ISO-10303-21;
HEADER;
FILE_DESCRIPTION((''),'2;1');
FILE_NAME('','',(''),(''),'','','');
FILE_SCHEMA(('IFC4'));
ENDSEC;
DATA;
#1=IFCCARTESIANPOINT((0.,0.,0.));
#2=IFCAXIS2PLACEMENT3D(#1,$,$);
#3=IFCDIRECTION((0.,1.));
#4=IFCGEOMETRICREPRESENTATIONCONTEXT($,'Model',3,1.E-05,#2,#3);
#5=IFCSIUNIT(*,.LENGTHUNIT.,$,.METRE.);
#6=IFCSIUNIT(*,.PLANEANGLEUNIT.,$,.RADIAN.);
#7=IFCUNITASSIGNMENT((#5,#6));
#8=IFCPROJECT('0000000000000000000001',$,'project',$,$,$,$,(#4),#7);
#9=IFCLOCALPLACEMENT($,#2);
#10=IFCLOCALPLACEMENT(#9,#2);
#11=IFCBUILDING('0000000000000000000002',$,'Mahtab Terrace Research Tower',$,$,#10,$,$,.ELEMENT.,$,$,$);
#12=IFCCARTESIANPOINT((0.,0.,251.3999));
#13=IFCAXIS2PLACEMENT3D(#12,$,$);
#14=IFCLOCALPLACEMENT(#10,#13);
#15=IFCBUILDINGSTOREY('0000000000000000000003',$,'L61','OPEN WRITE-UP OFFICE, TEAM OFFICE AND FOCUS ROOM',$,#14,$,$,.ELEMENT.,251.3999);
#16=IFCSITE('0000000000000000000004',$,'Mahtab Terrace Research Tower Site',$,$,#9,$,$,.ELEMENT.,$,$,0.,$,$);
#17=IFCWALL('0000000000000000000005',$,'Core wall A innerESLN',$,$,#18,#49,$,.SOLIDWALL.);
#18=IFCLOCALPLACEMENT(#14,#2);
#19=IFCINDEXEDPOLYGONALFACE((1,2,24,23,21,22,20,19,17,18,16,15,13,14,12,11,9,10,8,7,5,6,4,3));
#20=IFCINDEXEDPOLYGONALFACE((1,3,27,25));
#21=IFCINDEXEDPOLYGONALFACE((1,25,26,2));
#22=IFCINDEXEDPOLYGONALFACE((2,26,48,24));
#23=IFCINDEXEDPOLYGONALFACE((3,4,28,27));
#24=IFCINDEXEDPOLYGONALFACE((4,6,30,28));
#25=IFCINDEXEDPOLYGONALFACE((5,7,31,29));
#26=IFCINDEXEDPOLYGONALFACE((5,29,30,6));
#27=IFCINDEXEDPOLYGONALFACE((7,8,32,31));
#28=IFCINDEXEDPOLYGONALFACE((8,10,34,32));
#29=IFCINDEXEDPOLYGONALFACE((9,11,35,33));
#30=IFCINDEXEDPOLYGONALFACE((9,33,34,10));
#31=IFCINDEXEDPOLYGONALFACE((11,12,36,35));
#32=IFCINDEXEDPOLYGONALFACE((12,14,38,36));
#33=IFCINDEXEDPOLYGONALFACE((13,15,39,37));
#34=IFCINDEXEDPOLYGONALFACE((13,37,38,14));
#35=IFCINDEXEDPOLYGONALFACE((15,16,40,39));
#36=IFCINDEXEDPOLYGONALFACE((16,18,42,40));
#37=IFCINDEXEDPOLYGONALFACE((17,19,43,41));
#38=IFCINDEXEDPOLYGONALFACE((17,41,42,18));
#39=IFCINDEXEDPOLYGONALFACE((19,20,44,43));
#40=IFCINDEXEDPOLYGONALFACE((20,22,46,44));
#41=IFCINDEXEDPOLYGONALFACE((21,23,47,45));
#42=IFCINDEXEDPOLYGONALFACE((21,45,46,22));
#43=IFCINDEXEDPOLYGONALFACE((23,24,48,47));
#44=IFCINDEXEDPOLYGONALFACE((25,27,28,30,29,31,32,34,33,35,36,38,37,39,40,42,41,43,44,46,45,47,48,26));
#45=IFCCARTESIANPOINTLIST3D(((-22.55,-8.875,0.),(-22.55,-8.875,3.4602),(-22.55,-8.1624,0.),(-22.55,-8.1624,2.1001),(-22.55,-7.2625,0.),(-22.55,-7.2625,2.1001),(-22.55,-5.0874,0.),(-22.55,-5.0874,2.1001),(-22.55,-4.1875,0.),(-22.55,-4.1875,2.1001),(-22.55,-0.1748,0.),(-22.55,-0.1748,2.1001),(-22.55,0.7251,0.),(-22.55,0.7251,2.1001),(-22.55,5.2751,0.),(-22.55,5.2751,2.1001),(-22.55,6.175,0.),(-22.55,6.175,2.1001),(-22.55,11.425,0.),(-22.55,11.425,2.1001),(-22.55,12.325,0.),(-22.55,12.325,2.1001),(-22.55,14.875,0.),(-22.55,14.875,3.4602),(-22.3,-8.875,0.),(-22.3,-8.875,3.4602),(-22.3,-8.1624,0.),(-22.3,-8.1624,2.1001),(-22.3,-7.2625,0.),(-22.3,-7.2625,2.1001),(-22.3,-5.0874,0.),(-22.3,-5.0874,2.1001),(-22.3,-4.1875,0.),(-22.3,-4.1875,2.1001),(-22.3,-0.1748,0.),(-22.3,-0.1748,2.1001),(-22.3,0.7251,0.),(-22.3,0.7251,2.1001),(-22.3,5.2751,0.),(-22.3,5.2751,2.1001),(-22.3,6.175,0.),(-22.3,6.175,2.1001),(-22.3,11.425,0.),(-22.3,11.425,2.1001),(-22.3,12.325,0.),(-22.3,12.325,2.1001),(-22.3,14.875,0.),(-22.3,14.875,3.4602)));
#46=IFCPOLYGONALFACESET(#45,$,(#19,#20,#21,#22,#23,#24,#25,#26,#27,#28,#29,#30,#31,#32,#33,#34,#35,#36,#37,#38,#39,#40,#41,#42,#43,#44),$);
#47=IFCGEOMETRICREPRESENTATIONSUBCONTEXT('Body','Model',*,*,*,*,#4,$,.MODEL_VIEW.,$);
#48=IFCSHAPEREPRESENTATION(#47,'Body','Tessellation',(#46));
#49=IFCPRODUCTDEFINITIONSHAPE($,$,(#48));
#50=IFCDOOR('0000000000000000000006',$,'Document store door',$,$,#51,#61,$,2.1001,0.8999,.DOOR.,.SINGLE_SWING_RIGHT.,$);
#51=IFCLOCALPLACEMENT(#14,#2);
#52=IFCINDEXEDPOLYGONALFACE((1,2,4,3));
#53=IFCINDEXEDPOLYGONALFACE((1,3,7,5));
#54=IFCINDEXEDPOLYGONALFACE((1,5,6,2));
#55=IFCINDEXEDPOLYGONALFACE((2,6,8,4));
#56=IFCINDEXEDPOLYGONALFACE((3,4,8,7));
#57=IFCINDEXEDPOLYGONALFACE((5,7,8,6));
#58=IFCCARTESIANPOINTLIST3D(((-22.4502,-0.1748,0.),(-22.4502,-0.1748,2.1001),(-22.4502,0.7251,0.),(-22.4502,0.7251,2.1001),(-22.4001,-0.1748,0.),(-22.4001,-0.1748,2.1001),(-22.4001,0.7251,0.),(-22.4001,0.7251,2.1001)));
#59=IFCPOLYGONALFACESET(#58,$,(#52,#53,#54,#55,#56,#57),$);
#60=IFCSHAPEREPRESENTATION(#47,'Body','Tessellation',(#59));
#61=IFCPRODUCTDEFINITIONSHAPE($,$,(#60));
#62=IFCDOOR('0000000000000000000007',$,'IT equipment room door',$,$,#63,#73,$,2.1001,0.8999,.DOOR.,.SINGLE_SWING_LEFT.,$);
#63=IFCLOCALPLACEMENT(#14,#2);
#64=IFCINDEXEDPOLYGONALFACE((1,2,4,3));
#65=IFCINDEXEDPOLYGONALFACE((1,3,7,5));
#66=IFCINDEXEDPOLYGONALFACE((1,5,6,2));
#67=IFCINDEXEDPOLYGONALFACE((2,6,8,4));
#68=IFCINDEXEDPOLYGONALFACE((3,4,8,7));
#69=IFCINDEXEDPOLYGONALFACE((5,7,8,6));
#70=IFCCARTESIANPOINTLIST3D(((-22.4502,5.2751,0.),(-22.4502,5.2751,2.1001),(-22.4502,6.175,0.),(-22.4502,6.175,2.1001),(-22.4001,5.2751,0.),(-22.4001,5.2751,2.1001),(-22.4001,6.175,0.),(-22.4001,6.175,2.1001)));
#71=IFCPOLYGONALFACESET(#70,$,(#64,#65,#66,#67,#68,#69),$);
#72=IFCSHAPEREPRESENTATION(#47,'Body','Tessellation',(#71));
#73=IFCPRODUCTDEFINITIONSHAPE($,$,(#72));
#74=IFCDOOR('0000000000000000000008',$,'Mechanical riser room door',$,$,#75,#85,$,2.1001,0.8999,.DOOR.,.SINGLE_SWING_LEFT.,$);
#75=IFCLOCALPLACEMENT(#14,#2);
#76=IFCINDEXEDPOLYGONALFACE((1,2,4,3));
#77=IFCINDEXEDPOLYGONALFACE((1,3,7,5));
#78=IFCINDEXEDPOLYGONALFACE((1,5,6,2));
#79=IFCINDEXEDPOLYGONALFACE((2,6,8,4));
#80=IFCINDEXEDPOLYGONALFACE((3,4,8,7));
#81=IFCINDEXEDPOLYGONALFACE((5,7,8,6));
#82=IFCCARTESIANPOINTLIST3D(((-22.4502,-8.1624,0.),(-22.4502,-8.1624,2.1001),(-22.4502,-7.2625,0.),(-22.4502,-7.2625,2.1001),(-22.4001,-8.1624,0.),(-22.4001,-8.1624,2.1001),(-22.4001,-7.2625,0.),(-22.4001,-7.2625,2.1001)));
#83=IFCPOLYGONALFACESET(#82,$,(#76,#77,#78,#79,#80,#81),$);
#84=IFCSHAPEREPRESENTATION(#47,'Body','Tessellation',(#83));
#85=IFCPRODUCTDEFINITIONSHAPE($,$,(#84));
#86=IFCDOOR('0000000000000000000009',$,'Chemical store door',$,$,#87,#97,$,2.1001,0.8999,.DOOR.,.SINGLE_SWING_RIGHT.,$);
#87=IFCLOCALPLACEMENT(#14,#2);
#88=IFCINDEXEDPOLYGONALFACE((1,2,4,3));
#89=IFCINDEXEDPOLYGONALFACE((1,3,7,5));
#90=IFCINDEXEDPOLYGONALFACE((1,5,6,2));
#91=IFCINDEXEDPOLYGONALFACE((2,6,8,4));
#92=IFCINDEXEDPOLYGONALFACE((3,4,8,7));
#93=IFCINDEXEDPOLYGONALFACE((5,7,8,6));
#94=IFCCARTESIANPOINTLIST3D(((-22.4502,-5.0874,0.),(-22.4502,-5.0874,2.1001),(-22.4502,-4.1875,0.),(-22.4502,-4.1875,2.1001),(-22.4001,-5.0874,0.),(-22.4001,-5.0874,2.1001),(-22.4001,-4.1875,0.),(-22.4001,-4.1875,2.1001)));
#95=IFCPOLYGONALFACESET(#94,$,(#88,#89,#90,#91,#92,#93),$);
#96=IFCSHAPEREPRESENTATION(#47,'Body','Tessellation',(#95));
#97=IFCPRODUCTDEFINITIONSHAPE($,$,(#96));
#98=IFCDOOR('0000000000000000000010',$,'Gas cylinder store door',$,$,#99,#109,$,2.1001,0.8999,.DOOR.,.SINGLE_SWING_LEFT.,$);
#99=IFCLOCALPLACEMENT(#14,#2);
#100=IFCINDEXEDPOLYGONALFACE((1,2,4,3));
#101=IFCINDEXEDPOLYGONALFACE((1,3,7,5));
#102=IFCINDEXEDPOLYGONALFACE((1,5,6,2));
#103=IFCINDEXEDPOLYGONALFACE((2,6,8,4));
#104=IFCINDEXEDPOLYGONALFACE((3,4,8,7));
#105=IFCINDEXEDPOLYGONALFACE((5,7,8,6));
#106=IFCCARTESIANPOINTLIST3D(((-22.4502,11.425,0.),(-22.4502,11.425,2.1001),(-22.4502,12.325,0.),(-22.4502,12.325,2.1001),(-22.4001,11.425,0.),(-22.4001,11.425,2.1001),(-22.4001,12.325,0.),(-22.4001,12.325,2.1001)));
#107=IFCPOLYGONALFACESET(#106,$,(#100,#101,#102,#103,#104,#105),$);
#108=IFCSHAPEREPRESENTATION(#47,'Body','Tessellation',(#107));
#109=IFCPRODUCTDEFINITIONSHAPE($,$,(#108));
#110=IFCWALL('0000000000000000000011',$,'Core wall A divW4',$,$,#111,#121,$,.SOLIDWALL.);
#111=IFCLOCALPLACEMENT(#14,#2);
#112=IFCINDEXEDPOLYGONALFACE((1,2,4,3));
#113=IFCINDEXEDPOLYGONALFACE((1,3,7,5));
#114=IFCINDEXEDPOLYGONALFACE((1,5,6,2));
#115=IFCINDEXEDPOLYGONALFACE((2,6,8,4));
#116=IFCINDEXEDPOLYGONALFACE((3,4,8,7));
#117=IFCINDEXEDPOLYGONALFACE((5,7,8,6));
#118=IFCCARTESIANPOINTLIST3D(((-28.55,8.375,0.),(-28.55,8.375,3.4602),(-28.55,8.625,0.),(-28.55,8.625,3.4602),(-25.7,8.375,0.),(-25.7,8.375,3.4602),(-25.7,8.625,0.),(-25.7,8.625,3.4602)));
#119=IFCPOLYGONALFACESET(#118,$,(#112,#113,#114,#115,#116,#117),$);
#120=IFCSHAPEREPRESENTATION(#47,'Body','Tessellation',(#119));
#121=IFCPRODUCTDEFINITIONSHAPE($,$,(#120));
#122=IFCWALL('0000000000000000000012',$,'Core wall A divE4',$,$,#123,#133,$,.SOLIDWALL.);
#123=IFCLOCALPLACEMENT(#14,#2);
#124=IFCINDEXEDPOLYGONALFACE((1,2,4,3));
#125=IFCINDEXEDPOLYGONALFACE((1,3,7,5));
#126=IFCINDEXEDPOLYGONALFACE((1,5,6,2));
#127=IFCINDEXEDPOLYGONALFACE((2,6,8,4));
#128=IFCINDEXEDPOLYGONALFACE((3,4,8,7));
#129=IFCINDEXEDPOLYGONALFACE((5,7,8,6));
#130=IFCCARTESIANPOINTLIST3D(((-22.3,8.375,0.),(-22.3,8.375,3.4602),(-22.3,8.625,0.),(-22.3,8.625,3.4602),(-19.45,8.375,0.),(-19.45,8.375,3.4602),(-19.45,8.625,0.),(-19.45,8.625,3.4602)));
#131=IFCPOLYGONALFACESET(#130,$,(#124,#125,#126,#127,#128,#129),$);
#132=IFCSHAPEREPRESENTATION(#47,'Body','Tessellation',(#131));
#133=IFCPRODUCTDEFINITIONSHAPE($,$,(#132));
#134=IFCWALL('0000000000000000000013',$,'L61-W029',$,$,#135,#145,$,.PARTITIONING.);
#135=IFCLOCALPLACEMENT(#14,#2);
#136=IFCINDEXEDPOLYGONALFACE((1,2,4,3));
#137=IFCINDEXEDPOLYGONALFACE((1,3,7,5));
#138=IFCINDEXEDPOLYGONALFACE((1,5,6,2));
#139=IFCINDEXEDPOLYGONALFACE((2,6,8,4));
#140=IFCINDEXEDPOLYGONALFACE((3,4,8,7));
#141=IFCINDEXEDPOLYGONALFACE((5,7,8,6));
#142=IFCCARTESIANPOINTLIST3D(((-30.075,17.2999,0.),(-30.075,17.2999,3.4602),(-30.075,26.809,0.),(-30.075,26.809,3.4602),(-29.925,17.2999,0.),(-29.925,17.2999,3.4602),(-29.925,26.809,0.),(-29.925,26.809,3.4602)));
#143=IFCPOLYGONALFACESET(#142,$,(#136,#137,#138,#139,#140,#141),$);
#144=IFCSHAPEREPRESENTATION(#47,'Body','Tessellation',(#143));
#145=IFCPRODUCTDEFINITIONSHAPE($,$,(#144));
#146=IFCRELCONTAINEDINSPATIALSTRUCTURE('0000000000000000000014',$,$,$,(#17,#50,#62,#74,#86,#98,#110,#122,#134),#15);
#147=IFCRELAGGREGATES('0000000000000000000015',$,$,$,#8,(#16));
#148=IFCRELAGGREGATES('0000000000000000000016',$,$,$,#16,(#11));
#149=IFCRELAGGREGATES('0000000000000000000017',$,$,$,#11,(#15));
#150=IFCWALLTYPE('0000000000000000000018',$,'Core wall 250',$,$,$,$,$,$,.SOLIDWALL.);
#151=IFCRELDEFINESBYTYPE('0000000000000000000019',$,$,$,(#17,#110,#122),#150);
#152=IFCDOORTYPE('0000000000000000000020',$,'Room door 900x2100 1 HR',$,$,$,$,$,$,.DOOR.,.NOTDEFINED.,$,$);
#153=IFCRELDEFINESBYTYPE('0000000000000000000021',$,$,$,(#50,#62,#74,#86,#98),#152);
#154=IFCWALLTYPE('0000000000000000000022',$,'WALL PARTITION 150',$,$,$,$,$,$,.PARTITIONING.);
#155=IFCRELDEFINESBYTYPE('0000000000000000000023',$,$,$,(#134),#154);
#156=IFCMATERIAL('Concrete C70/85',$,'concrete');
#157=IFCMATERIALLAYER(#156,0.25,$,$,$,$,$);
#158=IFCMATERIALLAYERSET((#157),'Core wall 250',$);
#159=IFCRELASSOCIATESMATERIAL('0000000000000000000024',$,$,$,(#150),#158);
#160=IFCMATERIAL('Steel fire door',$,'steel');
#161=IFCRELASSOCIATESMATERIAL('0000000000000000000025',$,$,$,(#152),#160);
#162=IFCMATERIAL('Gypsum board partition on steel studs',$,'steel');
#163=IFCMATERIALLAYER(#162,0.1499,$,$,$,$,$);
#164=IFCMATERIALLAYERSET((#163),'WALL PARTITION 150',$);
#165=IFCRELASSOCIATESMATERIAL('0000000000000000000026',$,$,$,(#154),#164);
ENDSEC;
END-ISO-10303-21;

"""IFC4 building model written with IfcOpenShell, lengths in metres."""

from ifc_helpers import new_model, si_unit, direction, frame, frame_2d, origin, place, context, subcontext, project, spatial, rectangle, extrude, material, layer, layer_set, type_object, element, fill, save


model = new_model("IFC4")

# Units and contexts
model_context = context("Model", 3, precision=1e-05, world=origin(), true_north=direction((0.0, 1.0)))
body_context = subcontext(model_context, "Body", "Model", "MODEL_VIEW")
ifc_project = project(units=[si_unit("LENGTHUNIT", "METRE"), si_unit("PLANEANGLEUNIT", "RADIAN")], contexts=[model_context])

# Site, building, storey
site_placement = place(None, origin())
site = spatial("IfcSite", under=ifc_project, at=site_placement, Name="Mahtab Terrace Research Tower Site", CompositionType="ELEMENT", RefElevation=0.0)
building_placement = place(site_placement, origin())
building = spatial("IfcBuilding", under=site, at=building_placement, Name="Mahtab Terrace Research Tower", CompositionType="ELEMENT")
storey_placement = place(building_placement, frame((0.0, 0.0, 251.3999)))
storey = spatial("IfcBuildingStorey", under=building, at=storey_placement, Name="L61", Description="OPEN WRITE-UP OFFICE, TEAM OFFICE AND FOCUS ROOM", CompositionType="ELEMENT", Elevation=251.3999)

# Shared definitions
ifc_material_1 = material(Name="Concrete C70/85", Category="concrete")
ifc_layer_1 = layer(ifc_material_1, 0.25)
ifc_layer_set_1 = layer_set([ifc_layer_1], Name="Core wall 250")
wall_type_1 = type_object("IfcWallType", Name="Core wall 250", PredefinedType="SOLIDWALL", material=ifc_layer_set_1)

# Shared definitions
ifc_material_2 = material(Name="Steel fire door", Category="steel")

# Wall, openings, doors
wall_1_placement = place(storey_placement, frame((-22.425, 14.875, 0.0), z_axis=(0.0, 0.0, 1.0), x_axis=(0.0, -1.0, 0.0)))
wall_1 = element("IfcWall", 1, at=wall_1_placement, inside=storey, type_object=wall_type_1, Name="Core wall A innerESLN", PredefinedType="SOLIDWALL", context=body_context, shape_type="SweptSolid", body=[
    extrude(rectangle(XDim=23.75, YDim=0.25, at=frame_2d((11.875, 0.0))), origin(), (0.0, 0.0, 1.0), 3.4602),
])
opening_1_placement = place(wall_1_placement, frame((14.1499, 0.0, 0.0)))
opening_1 = element("IfcOpeningElement", 2, at=opening_1_placement, cuts=wall_1, PredefinedType="OPENING", context=body_context, shape_type="SweptSolid", body=[
    extrude(rectangle(XDim=0.8999, YDim=2.1001, at=frame_2d((0.45, 1.05))), frame((0.0, 0.135, 0.0), z_axis=(0.0, -1.0, 0.0), x_axis=(1.0, 0.0, 0.0)), (0.0, 0.0, 1.0), 0.27),
])
opening_2_placement = place(wall_1_placement, frame((8.7, 0.0, 0.0)))
opening_2 = element("IfcOpeningElement", 3, at=opening_2_placement, cuts=wall_1, PredefinedType="OPENING", context=body_context, shape_type="SweptSolid", body=[
    extrude(rectangle(XDim=0.8999, YDim=2.1001, at=frame_2d((0.45, 1.05))), frame((0.0, 0.135, 0.0), z_axis=(0.0, -1.0, 0.0), x_axis=(1.0, 0.0, 0.0)), (0.0, 0.0, 1.0), 0.27),
])
opening_3_placement = place(wall_1_placement, frame((22.1375, 0.0, 0.0)))
opening_3 = element("IfcOpeningElement", 4, at=opening_3_placement, cuts=wall_1, PredefinedType="OPENING", context=body_context, shape_type="SweptSolid", body=[
    extrude(rectangle(XDim=0.8999, YDim=2.1001, at=frame_2d((0.45, 1.05))), frame((0.0, 0.135, 0.0), z_axis=(0.0, -1.0, 0.0), x_axis=(1.0, 0.0, 0.0)), (0.0, 0.0, 1.0), 0.27),
])
opening_4_placement = place(wall_1_placement, frame((19.0625, 0.0, 0.0)))
opening_4 = element("IfcOpeningElement", 5, at=opening_4_placement, cuts=wall_1, PredefinedType="OPENING", context=body_context, shape_type="SweptSolid", body=[
    extrude(rectangle(XDim=0.8999, YDim=2.1001, at=frame_2d((0.45, 1.05))), frame((0.0, 0.135, 0.0), z_axis=(0.0, -1.0, 0.0), x_axis=(1.0, 0.0, 0.0)), (0.0, 0.0, 1.0), 0.27),
])
opening_5_placement = place(wall_1_placement, frame((2.55, 0.0, 0.0)))
opening_5 = element("IfcOpeningElement", 6, at=opening_5_placement, cuts=wall_1, PredefinedType="OPENING", context=body_context, shape_type="SweptSolid", body=[
    extrude(rectangle(XDim=0.8999, YDim=2.1001, at=frame_2d((0.45, 1.05))), frame((0.0, 0.135, 0.0), z_axis=(0.0, -1.0, 0.0), x_axis=(1.0, 0.0, 0.0)), (0.0, 0.0, 1.0), 0.27),
])
door_type_1 = type_object("IfcDoorType", Name="Room door 900x2100 1 HR", OperationType="NOTDEFINED", PredefinedType="DOOR", material=ifc_material_2)
door_1_placement = place(opening_1_placement, origin())
door_1 = element("IfcDoor", 7, at=door_1_placement, inside=storey, type_object=door_type_1, Name="Document store door", OperationType="SINGLE_SWING_RIGHT", OverallHeight=2.1001, OverallWidth=0.8999, PredefinedType="DOOR", context=body_context, shape_type="SweptSolid", body=[
    extrude(rectangle(XDim=0.8999, YDim=2.1001, at=frame_2d((0.45, 1.05))), frame((0.0, 0.0249, 0.0), z_axis=(0.0, -1.0, 0.0), x_axis=(1.0, 0.0, 0.0)), (0.0, 0.0, 1.0), 0.05),
])
fill(opening_1, door_1)
door_2_placement = place(opening_2_placement, origin())
door_2 = element("IfcDoor", 8, at=door_2_placement, inside=storey, type_object=door_type_1, Name="IT equipment room door", OperationType="SINGLE_SWING_LEFT", OverallHeight=2.1001, OverallWidth=0.8999, PredefinedType="DOOR", context=body_context, shape_type="SweptSolid", body=[
    extrude(rectangle(XDim=0.8999, YDim=2.1001, at=frame_2d((0.45, 1.05))), frame((0.0, 0.0249, 0.0), z_axis=(0.0, -1.0, 0.0), x_axis=(1.0, 0.0, 0.0)), (0.0, 0.0, 1.0), 0.05),
])
fill(opening_2, door_2)
door_3_placement = place(opening_3_placement, origin())
door_3 = element("IfcDoor", 9, at=door_3_placement, inside=storey, type_object=door_type_1, Name="Mechanical riser room door", OperationType="SINGLE_SWING_LEFT", OverallHeight=2.1001, OverallWidth=0.8999, PredefinedType="DOOR", context=body_context, shape_type="SweptSolid", body=[
    extrude(rectangle(XDim=0.8999, YDim=2.1001, at=frame_2d((0.45, 1.05))), frame((0.0, 0.0249, 0.0), z_axis=(0.0, -1.0, 0.0), x_axis=(1.0, 0.0, 0.0)), (0.0, 0.0, 1.0), 0.05),
])
fill(opening_3, door_3)
door_4_placement = place(opening_4_placement, origin())
door_4 = element("IfcDoor", 10, at=door_4_placement, inside=storey, type_object=door_type_1, Name="Chemical store door", OperationType="SINGLE_SWING_RIGHT", OverallHeight=2.1001, OverallWidth=0.8999, PredefinedType="DOOR", context=body_context, shape_type="SweptSolid", body=[
    extrude(rectangle(XDim=0.8999, YDim=2.1001, at=frame_2d((0.45, 1.05))), frame((0.0, 0.0249, 0.0), z_axis=(0.0, -1.0, 0.0), x_axis=(1.0, 0.0, 0.0)), (0.0, 0.0, 1.0), 0.05),
])
fill(opening_4, door_4)
door_5_placement = place(opening_5_placement, origin())
door_5 = element("IfcDoor", 11, at=door_5_placement, inside=storey, type_object=door_type_1, Name="Gas cylinder store door", OperationType="SINGLE_SWING_LEFT", OverallHeight=2.1001, OverallWidth=0.8999, PredefinedType="DOOR", context=body_context, shape_type="SweptSolid", body=[
    extrude(rectangle(XDim=0.8999, YDim=2.1001, at=frame_2d((0.45, 1.05))), frame((0.0, 0.0249, 0.0), z_axis=(0.0, -1.0, 0.0), x_axis=(1.0, 0.0, 0.0)), (0.0, 0.0, 1.0), 0.05),
])
fill(opening_5, door_5)

# Walls
for number, where, z_axis, x_axis, name in (
    (12, (-28.55, 8.5, 0.0), (0.0, 0.0, 1.0), (1.0, 0.0, 0.0), "Core wall A divW4"),
    (13, (-22.3, 8.5, 0.0), (0.0, 0.0, 1.0), (1.0, 0.0, 0.0), "Core wall A divE4"),
):
    element("IfcWall", number, at=place(storey_placement, frame(where, z_axis=z_axis, x_axis=x_axis)), inside=storey, type_object=wall_type_1, Name=name, PredefinedType="SOLIDWALL", context=body_context, shape_type="SweptSolid", body=[
        extrude(rectangle(XDim=2.8501, YDim=0.25, at=frame_2d((1.425, 0.0))), origin(), (0.0, 0.0, 1.0), 3.4602),
    ])
ifc_material_3 = material(Name="Gypsum board partition on steel studs", Category="steel")
ifc_layer_2 = layer(ifc_material_3, 0.1499)
ifc_layer_set_2 = layer_set([ifc_layer_2], Name="WALL PARTITION 150")
wall_type_2 = type_object("IfcWallType", Name="WALL PARTITION 150", PredefinedType="PARTITIONING", material=ifc_layer_set_2)
wall_2_placement = place(storey_placement, frame((-30.0, 17.3, 0.0), z_axis=(0.0, 0.0, 1.0), x_axis=(0.0, 1.0, 0.0)))
element("IfcWall", 14, at=wall_2_placement, inside=storey, type_object=wall_type_2, Name="L61-W029", PredefinedType="PARTITIONING", context=body_context, shape_type="SweptSolid", body=[
    extrude(rectangle(XDim=9.509, YDim=0.1499, at=frame_2d((4.7544, 0.0))), origin(), (0.0, 0.0, 1.0), 3.4602),
])

save(model, "model.ifc")
